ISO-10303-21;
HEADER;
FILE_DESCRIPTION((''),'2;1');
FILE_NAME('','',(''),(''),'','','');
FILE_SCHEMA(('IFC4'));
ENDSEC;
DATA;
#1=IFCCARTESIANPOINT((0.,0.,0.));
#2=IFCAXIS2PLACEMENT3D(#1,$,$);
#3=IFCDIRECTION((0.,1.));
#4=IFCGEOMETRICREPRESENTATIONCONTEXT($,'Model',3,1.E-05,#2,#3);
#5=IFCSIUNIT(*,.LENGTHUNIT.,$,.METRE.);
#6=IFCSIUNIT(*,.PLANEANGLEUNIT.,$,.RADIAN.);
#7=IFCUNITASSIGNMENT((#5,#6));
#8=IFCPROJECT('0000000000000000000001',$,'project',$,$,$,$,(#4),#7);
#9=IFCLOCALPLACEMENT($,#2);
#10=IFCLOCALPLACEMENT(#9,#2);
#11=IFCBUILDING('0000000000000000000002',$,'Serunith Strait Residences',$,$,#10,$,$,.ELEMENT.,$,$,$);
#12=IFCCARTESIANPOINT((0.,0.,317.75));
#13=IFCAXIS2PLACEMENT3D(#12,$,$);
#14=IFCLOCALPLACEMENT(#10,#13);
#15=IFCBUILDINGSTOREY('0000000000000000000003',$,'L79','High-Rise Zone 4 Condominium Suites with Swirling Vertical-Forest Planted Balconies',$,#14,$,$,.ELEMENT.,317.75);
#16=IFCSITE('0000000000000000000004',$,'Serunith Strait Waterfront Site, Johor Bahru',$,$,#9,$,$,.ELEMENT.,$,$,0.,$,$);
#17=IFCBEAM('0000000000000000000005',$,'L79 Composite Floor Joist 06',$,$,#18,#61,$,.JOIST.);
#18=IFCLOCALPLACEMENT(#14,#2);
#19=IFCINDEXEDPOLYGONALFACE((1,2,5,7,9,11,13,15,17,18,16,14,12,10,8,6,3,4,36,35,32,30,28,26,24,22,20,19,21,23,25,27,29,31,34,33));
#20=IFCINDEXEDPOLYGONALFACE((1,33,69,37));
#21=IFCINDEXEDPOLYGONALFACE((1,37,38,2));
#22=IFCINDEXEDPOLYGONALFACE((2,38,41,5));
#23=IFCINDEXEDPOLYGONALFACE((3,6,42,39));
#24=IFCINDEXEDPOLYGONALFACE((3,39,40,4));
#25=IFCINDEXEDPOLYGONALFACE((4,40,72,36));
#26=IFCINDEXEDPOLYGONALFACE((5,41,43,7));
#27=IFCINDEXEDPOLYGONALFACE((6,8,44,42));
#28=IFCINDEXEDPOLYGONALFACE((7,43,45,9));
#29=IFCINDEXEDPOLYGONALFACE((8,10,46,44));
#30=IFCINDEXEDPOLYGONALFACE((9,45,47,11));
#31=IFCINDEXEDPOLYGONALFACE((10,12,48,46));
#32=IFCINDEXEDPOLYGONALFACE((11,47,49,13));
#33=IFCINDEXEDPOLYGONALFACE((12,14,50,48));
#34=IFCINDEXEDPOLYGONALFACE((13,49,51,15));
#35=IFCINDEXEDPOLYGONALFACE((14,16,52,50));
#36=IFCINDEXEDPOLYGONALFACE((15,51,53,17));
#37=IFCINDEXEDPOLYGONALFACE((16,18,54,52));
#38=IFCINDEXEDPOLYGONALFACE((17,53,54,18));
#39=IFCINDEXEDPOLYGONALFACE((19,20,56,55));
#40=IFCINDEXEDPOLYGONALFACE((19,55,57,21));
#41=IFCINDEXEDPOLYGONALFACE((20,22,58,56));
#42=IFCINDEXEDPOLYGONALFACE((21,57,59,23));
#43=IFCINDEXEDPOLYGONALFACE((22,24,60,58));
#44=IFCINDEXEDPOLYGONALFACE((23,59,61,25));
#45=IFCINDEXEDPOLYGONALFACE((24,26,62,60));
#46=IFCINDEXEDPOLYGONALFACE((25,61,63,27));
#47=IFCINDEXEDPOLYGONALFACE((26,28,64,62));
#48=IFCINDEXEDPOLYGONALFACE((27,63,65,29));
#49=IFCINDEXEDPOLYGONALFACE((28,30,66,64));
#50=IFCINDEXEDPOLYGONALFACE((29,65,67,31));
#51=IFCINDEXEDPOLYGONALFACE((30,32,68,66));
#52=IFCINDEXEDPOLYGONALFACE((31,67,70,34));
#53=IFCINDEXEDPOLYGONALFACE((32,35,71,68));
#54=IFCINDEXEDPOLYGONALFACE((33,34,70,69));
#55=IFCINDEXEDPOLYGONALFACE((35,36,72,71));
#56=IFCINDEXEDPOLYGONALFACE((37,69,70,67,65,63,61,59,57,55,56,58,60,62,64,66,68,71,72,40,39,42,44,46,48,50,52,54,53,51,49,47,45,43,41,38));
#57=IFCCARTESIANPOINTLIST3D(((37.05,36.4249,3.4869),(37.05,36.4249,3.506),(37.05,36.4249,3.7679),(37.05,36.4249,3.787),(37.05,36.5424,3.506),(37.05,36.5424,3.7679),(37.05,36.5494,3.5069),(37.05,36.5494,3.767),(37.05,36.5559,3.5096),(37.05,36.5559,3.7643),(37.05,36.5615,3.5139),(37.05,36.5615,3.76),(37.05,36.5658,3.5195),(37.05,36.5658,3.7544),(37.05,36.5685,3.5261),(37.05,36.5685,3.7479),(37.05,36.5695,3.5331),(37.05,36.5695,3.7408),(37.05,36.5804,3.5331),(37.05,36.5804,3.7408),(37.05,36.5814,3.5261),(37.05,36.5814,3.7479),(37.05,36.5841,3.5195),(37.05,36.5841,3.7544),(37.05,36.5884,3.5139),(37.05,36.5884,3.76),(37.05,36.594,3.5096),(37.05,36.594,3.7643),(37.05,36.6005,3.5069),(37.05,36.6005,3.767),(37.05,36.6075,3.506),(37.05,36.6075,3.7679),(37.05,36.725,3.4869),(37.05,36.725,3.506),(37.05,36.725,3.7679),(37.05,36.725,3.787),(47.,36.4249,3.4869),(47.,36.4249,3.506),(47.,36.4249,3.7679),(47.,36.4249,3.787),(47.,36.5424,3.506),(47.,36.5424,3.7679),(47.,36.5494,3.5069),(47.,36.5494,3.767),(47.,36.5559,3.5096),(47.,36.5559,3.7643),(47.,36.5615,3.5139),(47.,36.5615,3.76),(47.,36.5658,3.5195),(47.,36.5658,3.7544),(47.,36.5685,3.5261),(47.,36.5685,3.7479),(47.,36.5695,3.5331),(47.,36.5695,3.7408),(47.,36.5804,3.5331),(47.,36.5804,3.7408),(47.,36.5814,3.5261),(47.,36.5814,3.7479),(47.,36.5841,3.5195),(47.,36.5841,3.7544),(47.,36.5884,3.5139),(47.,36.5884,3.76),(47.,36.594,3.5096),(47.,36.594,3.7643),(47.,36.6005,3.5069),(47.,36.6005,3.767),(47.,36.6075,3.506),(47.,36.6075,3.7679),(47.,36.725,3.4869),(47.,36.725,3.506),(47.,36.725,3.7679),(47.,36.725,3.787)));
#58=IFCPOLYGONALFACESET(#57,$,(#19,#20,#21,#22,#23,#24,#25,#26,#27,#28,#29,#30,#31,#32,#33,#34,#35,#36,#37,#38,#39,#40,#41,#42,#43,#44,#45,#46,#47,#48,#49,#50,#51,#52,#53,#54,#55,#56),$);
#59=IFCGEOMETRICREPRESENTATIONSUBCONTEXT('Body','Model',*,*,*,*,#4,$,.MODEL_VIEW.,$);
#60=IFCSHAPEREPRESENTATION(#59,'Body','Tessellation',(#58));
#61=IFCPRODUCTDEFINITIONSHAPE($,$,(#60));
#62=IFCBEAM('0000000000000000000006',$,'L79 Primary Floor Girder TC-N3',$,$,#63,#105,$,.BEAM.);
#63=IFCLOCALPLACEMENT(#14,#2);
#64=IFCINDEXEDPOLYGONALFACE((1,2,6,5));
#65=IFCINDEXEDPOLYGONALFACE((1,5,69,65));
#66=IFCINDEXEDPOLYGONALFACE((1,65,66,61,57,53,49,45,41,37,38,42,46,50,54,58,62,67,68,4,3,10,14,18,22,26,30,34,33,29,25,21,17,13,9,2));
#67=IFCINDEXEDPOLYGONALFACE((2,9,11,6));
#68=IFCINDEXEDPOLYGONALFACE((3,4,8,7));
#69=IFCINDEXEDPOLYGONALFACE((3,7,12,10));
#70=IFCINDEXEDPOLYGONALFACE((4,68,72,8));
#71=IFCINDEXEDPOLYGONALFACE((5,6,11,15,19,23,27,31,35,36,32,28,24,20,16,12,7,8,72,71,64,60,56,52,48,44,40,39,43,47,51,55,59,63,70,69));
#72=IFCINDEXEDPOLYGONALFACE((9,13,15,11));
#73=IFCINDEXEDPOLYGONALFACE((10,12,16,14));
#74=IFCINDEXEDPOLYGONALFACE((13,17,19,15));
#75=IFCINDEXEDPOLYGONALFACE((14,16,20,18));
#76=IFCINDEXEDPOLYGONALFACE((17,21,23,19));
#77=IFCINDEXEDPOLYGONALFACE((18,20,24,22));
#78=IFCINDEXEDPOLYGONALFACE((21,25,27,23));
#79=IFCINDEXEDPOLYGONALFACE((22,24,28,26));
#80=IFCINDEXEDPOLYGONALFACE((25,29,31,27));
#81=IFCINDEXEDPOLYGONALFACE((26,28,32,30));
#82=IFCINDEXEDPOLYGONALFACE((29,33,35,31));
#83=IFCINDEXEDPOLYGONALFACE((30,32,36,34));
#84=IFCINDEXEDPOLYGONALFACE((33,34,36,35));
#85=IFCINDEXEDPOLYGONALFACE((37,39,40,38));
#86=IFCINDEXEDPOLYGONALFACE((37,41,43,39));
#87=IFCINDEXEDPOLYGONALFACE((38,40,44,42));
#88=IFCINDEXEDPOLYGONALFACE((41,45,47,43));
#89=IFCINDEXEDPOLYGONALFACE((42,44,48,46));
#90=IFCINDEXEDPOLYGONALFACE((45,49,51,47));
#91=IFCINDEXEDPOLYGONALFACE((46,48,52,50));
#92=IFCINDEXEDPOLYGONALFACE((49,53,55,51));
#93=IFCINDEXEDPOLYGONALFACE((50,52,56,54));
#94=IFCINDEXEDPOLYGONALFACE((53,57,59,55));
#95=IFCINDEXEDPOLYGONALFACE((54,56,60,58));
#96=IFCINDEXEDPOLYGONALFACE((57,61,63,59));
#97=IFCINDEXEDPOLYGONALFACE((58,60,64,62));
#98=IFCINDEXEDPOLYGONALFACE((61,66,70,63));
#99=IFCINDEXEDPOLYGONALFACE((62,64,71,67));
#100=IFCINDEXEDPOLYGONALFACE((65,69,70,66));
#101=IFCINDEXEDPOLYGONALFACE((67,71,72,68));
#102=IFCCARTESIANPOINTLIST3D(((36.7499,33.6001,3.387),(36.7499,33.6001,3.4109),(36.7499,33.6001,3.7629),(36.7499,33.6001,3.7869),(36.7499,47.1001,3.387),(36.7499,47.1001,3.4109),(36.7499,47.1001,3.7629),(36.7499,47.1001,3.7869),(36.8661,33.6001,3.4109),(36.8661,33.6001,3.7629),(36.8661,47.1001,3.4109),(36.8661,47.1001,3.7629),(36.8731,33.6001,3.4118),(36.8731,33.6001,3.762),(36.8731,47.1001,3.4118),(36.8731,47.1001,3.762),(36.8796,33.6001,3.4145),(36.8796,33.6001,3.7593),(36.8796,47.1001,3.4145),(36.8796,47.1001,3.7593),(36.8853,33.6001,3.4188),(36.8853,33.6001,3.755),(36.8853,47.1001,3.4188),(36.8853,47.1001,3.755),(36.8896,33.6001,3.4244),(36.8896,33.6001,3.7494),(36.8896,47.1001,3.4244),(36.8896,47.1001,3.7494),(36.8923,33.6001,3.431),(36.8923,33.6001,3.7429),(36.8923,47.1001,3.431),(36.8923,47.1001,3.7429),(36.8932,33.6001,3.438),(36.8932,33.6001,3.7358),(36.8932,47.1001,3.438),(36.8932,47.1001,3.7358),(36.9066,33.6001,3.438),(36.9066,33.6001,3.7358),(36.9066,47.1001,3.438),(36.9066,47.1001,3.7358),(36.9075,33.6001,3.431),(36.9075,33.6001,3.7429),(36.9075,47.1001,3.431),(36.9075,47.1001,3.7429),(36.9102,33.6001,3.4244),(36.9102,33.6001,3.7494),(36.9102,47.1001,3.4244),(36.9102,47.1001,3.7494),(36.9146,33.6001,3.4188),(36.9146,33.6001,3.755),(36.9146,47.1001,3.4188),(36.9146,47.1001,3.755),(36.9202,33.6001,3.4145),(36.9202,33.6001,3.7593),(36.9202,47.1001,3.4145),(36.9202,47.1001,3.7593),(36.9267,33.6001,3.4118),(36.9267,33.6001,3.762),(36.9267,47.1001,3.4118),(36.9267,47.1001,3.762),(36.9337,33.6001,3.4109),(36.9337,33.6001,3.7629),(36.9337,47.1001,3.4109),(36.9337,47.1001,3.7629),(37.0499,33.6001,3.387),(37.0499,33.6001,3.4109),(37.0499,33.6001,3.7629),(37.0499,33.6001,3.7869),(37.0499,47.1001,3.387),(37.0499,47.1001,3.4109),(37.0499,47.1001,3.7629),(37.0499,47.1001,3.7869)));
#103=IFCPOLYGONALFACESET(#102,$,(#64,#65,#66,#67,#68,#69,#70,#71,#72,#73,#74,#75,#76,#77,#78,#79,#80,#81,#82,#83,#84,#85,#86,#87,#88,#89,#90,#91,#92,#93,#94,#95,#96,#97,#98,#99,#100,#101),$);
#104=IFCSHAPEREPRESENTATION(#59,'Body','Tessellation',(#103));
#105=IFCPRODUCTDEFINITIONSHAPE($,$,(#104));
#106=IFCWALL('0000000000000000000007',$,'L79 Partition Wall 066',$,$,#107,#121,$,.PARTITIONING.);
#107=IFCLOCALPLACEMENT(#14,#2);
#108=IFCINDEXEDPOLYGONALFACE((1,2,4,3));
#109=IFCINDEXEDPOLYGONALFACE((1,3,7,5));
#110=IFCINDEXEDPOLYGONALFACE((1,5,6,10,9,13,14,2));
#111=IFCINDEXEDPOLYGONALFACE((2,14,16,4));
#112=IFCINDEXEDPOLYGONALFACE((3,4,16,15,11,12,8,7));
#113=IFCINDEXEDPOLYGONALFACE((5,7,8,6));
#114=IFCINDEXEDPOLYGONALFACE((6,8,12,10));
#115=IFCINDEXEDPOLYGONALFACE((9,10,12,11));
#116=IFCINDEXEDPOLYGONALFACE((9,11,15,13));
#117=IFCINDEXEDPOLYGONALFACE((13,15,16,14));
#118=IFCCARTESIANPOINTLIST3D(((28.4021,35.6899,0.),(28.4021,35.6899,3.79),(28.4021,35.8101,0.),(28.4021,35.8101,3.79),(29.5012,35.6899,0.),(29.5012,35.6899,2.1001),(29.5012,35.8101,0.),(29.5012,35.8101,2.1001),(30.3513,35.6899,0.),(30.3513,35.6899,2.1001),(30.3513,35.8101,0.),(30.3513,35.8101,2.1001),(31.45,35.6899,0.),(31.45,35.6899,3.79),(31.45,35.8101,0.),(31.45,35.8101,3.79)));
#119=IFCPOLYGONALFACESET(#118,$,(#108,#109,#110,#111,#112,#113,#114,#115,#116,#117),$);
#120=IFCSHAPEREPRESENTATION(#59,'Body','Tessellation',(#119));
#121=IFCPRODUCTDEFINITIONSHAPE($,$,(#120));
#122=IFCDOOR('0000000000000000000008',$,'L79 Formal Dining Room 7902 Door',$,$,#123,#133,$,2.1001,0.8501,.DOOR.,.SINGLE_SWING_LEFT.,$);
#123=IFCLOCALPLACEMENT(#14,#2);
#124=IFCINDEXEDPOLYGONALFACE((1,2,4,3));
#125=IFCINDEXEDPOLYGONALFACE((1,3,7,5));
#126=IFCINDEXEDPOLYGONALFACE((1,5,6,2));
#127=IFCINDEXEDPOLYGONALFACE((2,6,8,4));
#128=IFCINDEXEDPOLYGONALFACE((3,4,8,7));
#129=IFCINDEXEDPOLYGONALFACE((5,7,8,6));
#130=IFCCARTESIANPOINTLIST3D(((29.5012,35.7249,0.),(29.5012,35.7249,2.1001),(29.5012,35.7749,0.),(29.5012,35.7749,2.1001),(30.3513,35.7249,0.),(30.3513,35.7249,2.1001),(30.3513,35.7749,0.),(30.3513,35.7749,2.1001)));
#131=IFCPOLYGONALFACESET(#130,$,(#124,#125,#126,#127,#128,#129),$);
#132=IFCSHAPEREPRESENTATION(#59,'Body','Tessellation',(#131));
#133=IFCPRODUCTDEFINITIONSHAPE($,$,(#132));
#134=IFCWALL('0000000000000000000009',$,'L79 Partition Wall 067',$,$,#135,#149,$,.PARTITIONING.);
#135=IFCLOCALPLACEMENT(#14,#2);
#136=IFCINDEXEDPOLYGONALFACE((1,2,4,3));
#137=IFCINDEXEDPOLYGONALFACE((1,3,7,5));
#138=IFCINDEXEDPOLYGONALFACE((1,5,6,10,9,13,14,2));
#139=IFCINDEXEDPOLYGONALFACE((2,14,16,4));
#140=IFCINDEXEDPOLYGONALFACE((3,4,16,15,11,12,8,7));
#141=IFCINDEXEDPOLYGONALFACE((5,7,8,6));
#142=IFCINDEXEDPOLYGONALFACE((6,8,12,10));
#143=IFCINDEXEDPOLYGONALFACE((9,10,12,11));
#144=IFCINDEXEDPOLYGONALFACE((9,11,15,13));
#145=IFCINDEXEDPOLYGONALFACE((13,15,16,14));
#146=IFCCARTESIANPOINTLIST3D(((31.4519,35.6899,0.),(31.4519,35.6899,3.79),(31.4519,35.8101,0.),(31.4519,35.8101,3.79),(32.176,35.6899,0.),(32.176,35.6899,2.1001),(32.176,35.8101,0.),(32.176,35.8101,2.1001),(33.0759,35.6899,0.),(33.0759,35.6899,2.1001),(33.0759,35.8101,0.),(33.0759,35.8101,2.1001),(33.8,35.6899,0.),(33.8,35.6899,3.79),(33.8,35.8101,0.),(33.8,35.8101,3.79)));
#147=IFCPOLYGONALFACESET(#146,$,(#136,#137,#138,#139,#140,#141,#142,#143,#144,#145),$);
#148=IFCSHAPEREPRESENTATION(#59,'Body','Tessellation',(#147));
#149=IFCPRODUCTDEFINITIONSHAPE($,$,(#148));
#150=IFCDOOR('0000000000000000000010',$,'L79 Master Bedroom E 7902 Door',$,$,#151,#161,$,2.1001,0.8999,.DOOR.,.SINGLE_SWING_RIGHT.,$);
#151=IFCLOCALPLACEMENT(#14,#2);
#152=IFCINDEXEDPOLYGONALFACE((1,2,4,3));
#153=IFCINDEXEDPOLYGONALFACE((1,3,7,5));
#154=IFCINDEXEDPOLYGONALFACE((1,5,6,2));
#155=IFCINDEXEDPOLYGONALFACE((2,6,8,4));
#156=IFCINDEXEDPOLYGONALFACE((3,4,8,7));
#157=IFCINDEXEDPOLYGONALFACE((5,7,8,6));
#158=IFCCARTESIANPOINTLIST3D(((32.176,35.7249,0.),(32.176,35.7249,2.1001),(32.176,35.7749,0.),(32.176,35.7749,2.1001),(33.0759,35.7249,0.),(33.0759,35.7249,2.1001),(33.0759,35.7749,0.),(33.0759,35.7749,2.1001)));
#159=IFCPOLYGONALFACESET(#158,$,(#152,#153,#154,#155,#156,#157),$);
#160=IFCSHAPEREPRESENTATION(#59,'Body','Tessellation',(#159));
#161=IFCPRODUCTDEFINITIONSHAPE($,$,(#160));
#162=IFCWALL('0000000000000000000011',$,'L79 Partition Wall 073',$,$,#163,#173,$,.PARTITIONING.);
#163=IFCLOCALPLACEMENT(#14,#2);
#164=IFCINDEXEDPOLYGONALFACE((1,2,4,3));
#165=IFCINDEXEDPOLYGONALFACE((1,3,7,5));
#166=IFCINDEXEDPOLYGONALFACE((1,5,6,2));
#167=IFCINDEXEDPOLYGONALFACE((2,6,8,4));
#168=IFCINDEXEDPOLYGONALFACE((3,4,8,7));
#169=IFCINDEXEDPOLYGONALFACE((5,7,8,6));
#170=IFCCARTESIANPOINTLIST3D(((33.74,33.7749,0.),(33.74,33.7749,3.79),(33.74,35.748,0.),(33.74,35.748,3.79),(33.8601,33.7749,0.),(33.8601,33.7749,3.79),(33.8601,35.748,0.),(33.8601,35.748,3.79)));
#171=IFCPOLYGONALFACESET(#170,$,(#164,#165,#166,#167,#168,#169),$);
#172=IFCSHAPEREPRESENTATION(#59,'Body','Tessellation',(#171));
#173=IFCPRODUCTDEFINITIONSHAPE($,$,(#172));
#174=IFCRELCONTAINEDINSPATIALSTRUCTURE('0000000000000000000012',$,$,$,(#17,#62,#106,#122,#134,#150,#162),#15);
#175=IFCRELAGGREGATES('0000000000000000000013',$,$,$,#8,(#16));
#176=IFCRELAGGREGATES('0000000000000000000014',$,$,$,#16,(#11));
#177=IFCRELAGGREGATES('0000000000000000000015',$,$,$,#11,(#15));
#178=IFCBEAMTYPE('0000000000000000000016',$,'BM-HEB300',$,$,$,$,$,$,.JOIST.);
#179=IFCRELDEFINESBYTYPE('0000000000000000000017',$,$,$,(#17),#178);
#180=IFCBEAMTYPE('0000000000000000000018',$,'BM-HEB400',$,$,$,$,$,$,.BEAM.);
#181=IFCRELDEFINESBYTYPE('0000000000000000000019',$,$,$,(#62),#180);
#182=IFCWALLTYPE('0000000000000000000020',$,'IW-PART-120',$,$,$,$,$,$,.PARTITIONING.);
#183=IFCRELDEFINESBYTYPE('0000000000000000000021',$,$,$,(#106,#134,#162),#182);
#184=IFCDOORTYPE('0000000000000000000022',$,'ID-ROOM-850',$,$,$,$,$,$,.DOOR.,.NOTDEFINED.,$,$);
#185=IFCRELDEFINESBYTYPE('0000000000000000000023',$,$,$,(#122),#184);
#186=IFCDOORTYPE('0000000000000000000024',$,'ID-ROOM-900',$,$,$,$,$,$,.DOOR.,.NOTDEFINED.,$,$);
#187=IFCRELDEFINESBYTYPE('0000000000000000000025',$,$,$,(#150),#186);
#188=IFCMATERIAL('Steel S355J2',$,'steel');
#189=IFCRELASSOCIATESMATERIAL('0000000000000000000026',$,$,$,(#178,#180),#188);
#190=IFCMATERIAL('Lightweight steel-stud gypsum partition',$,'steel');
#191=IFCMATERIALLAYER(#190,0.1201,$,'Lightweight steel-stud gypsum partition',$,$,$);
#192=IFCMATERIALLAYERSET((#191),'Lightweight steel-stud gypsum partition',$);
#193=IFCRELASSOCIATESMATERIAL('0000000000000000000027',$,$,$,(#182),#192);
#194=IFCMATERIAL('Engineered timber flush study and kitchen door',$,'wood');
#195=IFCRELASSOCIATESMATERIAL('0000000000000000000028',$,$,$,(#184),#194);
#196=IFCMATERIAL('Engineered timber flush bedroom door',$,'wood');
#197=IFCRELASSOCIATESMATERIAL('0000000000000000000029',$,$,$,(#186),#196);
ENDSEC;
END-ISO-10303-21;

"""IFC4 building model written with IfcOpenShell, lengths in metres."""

from ifc_helpers import new_model, si_unit, direction, frame, frame_2d, origin, origin_2d, place, context, subcontext, project, spatial, rectangle, i_section, extrude, source, transform, mapped, material, layer, layer_set, material_profile, profile_set, type_object, element, fill, save


model = new_model("IFC4")

# Units and contexts
model_context = context("Model", 3, precision=1e-05, world=origin(), true_north=direction((0.0, 1.0)))
body_context = subcontext(model_context, "Body", "Model", "MODEL_VIEW")
ifc_project = project(units=[si_unit("LENGTHUNIT", "METRE"), si_unit("PLANEANGLEUNIT", "RADIAN")], contexts=[model_context])

# Site, building, storey
site_placement = place(None, origin())
site = spatial("IfcSite", under=ifc_project, at=site_placement, Name="Serunith Strait Waterfront Site, Johor Bahru", CompositionType="ELEMENT", RefElevation=0.0)
building_placement = place(site_placement, origin())
building = spatial("IfcBuilding", under=site, at=building_placement, Name="Serunith Strait Residences", CompositionType="ELEMENT")
storey_placement = place(building_placement, frame((0.0, 0.0, 317.75)))
storey = spatial("IfcBuildingStorey", under=building, at=storey_placement, Name="L79", Description="High-Rise Zone 4 Condominium Suites with Swirling Vertical-Forest Planted Balconies", CompositionType="ELEMENT", Elevation=317.75)

# Beams
ifc_material_1 = material(Name="Steel S355J2", Category="steel")
ifc_material_profile_1 = material_profile(ifc_material_1, i_section(OverallWidth=0.3, OverallDepth=0.3, WebThickness=0.011, FlangeThickness=0.019, FilletRadius=0.0271, at=origin_2d()), Name="HEB 300")
ifc_profile_set_1 = profile_set([ifc_material_profile_1], Name="Steel S355J2")
beam_type_1 = type_object("IfcBeamType", Name="BM-HEB300", PredefinedType="JOIST", material=ifc_profile_set_1)
shared_shape_1 = source(origin(), body_context, "Body", "SweptSolid", [
    extrude(i_section(OverallWidth=0.3, OverallDepth=0.3, WebThickness=0.011, FlangeThickness=0.019, FilletRadius=0.0271, at=origin_2d()), origin(), (0.0, 0.0, 1.0), 9.95),
])
beam_1_placement = place(storey_placement, frame((37.05, 36.575, 3.637), z_axis=(1.0, 0.0, 0.0), x_axis=(0.0, 1.0, 0.0)))
element("IfcBeam", 1, at=beam_1_placement, inside=storey, type_object=beam_type_1, Name="L79 Composite Floor Joist 06", PredefinedType="JOIST", context=body_context, shape_type="MappedRepresentation", body=[
    mapped(shared_shape_1, transform((0.0, 0.0, 0.0), scale=1.0)),
])
ifc_material_profile_2 = material_profile(ifc_material_1, i_section(OverallWidth=0.3, OverallDepth=0.3999, WebThickness=0.0134, FlangeThickness=0.0239, FilletRadius=0.0271, at=origin_2d()), Name="HEB 400")
ifc_profile_set_2 = profile_set([ifc_material_profile_2], Name="Steel S355J2")
beam_type_2 = type_object("IfcBeamType", Name="BM-HEB400", PredefinedType="BEAM", material=ifc_profile_set_2)
shared_shape_2 = source(origin(), body_context, "Body", "SweptSolid", [
    extrude(i_section(OverallWidth=0.3, OverallDepth=0.3999, WebThickness=0.0134, FlangeThickness=0.0239, FilletRadius=0.0271, at=origin_2d()), origin(), (0.0, 0.0, 1.0), 13.5),
])
beam_2_placement = place(storey_placement, frame((36.8999, 33.6001, 3.5869), z_axis=(0.0, 1.0, 0.0), x_axis=(-1.0, 0.0, 0.0)))
element("IfcBeam", 2, at=beam_2_placement, inside=storey, type_object=beam_type_2, Name="L79 Primary Floor Girder TC-N3", PredefinedType="BEAM", context=body_context, shape_type="MappedRepresentation", body=[
    mapped(shared_shape_2, transform((0.0, 0.0, 0.0), scale=1.0)),
])

# Walls, openings, doors
ifc_material_2 = material(Name="Lightweight steel-stud gypsum partition", Category="steel")
ifc_layer_1 = layer(ifc_material_2, 0.1201, Name="Lightweight steel-stud gypsum partition")
ifc_layer_set_1 = layer_set([ifc_layer_1], Name="Lightweight steel-stud gypsum partition")
wall_type_1 = type_object("IfcWallType", Name="IW-PART-120", PredefinedType="PARTITIONING", material=ifc_layer_set_1)
wall_1_placement = place(storey_placement, frame((28.4021, 35.75, 0.0), z_axis=(0.0, 0.0, 1.0), x_axis=(1.0, 0.0, 0.0)))
wall_1 = element("IfcWall", 3, at=wall_1_placement, inside=storey, type_object=wall_type_1, Name="L79 Partition Wall 066", PredefinedType="PARTITIONING", context=body_context, shape_type="SweptSolid", body=[
    extrude(rectangle(XDim=3.0479, YDim=0.1201, at=frame_2d((1.5239, 0.0))), origin(), (0.0, 0.0, 1.0), 3.79),
])
opening_1_placement = place(wall_1_placement, frame((1.0991, 0.0, 0.0)))
opening_1 = element("IfcOpeningElement", 4, at=opening_1_placement, cuts=wall_1, PredefinedType="OPENING", context=body_context, shape_type="SweptSolid", body=[
    extrude(rectangle(XDim=0.8501, YDim=2.1001, at=frame_2d((0.425, 1.05))), frame((0.0, 0.0701, 0.0), z_axis=(0.0, -1.0, 0.0), x_axis=(1.0, 0.0, 0.0)), (0.0, 0.0, 1.0), 0.1401),
])
ifc_material_3 = material(Name="Engineered timber flush study and kitchen door", Category="wood")
door_type_1 = type_object("IfcDoorType", Name="ID-ROOM-850", OperationType="NOTDEFINED", PredefinedType="DOOR", material=ifc_material_3)
shared_shape_3 = source(origin(), body_context, "Body", "SweptSolid", [
    extrude(rectangle(XDim=0.8501, YDim=2.1001, at=frame_2d((0.425, 1.05))), frame((0.0, 0.0249, 0.0), z_axis=(0.0, -1.0, 0.0), x_axis=(1.0, 0.0, 0.0)), (0.0, 0.0, 1.0), 0.05),
])
door_1_placement = place(opening_1_placement, origin())
door_1 = element("IfcDoor", 5, at=door_1_placement, inside=storey, type_object=door_type_1, Name="L79 Formal Dining Room 7902 Door", OperationType="SINGLE_SWING_LEFT", OverallHeight=2.1001, OverallWidth=0.8501, PredefinedType="DOOR", context=body_context, shape_type="MappedRepresentation", body=[
    mapped(shared_shape_3, transform((0.0, 0.0, 0.0), scale=1.0)),
])
fill(opening_1, door_1)
wall_2_placement = place(storey_placement, frame((31.4519, 35.75, 0.0), z_axis=(0.0, 0.0, 1.0), x_axis=(1.0, 0.0, 0.0)))
wall_2 = element("IfcWall", 6, at=wall_2_placement, inside=storey, type_object=wall_type_1, Name="L79 Partition Wall 067", PredefinedType="PARTITIONING", context=body_context, shape_type="SweptSolid", body=[
    extrude(rectangle(XDim=2.3481, YDim=0.1201, at=frame_2d((1.1741, 0.0))), origin(), (0.0, 0.0, 1.0), 3.79),
])
opening_2_placement = place(wall_2_placement, frame((0.7241, 0.0, 0.0)))
opening_2 = element("IfcOpeningElement", 7, at=opening_2_placement, cuts=wall_2, PredefinedType="OPENING", context=body_context, shape_type="SweptSolid", body=[
    extrude(rectangle(XDim=0.8999, YDim=2.1001, at=frame_2d((0.45, 1.05))), frame((0.0, 0.0701, 0.0), z_axis=(0.0, -1.0, 0.0), x_axis=(1.0, 0.0, 0.0)), (0.0, 0.0, 1.0), 0.1401),
])
ifc_material_4 = material(Name="Engineered timber flush bedroom door", Category="wood")
door_type_2 = type_object("IfcDoorType", Name="ID-ROOM-900", OperationType="NOTDEFINED", PredefinedType="DOOR", material=ifc_material_4)
shared_shape_4 = source(origin(), body_context, "Body", "SweptSolid", [
    extrude(rectangle(XDim=0.8999, YDim=2.1001, at=frame_2d((0.45, 1.05))), frame((0.0, 0.0249, 0.0), z_axis=(0.0, -1.0, 0.0), x_axis=(1.0, 0.0, 0.0)), (0.0, 0.0, 1.0), 0.05),
])
door_2_placement = place(opening_2_placement, origin())
door_2 = element("IfcDoor", 8, at=door_2_placement, inside=storey, type_object=door_type_2, Name="L79 Master Bedroom E 7902 Door", OperationType="SINGLE_SWING_RIGHT", OverallHeight=2.1001, OverallWidth=0.8999, PredefinedType="DOOR", context=body_context, shape_type="MappedRepresentation", body=[
    mapped(shared_shape_4, transform((0.0, 0.0, 0.0), scale=1.0)),
])
fill(opening_2, door_2)

# Wall
wall_3_placement = place(storey_placement, frame((33.8, 35.748, 0.0), z_axis=(0.0, 0.0, 1.0), x_axis=(0.0, -1.0, 0.0)))
element("IfcWall", 9, at=wall_3_placement, inside=storey, type_object=wall_type_1, Name="L79 Partition Wall 073", PredefinedType="PARTITIONING", context=body_context, shape_type="SweptSolid", body=[
    extrude(rectangle(XDim=1.9731, YDim=0.1201, at=frame_2d((0.9866, 0.0))), origin(), (0.0, 0.0, 1.0), 3.79),
])

save(model, "model.ifc")
